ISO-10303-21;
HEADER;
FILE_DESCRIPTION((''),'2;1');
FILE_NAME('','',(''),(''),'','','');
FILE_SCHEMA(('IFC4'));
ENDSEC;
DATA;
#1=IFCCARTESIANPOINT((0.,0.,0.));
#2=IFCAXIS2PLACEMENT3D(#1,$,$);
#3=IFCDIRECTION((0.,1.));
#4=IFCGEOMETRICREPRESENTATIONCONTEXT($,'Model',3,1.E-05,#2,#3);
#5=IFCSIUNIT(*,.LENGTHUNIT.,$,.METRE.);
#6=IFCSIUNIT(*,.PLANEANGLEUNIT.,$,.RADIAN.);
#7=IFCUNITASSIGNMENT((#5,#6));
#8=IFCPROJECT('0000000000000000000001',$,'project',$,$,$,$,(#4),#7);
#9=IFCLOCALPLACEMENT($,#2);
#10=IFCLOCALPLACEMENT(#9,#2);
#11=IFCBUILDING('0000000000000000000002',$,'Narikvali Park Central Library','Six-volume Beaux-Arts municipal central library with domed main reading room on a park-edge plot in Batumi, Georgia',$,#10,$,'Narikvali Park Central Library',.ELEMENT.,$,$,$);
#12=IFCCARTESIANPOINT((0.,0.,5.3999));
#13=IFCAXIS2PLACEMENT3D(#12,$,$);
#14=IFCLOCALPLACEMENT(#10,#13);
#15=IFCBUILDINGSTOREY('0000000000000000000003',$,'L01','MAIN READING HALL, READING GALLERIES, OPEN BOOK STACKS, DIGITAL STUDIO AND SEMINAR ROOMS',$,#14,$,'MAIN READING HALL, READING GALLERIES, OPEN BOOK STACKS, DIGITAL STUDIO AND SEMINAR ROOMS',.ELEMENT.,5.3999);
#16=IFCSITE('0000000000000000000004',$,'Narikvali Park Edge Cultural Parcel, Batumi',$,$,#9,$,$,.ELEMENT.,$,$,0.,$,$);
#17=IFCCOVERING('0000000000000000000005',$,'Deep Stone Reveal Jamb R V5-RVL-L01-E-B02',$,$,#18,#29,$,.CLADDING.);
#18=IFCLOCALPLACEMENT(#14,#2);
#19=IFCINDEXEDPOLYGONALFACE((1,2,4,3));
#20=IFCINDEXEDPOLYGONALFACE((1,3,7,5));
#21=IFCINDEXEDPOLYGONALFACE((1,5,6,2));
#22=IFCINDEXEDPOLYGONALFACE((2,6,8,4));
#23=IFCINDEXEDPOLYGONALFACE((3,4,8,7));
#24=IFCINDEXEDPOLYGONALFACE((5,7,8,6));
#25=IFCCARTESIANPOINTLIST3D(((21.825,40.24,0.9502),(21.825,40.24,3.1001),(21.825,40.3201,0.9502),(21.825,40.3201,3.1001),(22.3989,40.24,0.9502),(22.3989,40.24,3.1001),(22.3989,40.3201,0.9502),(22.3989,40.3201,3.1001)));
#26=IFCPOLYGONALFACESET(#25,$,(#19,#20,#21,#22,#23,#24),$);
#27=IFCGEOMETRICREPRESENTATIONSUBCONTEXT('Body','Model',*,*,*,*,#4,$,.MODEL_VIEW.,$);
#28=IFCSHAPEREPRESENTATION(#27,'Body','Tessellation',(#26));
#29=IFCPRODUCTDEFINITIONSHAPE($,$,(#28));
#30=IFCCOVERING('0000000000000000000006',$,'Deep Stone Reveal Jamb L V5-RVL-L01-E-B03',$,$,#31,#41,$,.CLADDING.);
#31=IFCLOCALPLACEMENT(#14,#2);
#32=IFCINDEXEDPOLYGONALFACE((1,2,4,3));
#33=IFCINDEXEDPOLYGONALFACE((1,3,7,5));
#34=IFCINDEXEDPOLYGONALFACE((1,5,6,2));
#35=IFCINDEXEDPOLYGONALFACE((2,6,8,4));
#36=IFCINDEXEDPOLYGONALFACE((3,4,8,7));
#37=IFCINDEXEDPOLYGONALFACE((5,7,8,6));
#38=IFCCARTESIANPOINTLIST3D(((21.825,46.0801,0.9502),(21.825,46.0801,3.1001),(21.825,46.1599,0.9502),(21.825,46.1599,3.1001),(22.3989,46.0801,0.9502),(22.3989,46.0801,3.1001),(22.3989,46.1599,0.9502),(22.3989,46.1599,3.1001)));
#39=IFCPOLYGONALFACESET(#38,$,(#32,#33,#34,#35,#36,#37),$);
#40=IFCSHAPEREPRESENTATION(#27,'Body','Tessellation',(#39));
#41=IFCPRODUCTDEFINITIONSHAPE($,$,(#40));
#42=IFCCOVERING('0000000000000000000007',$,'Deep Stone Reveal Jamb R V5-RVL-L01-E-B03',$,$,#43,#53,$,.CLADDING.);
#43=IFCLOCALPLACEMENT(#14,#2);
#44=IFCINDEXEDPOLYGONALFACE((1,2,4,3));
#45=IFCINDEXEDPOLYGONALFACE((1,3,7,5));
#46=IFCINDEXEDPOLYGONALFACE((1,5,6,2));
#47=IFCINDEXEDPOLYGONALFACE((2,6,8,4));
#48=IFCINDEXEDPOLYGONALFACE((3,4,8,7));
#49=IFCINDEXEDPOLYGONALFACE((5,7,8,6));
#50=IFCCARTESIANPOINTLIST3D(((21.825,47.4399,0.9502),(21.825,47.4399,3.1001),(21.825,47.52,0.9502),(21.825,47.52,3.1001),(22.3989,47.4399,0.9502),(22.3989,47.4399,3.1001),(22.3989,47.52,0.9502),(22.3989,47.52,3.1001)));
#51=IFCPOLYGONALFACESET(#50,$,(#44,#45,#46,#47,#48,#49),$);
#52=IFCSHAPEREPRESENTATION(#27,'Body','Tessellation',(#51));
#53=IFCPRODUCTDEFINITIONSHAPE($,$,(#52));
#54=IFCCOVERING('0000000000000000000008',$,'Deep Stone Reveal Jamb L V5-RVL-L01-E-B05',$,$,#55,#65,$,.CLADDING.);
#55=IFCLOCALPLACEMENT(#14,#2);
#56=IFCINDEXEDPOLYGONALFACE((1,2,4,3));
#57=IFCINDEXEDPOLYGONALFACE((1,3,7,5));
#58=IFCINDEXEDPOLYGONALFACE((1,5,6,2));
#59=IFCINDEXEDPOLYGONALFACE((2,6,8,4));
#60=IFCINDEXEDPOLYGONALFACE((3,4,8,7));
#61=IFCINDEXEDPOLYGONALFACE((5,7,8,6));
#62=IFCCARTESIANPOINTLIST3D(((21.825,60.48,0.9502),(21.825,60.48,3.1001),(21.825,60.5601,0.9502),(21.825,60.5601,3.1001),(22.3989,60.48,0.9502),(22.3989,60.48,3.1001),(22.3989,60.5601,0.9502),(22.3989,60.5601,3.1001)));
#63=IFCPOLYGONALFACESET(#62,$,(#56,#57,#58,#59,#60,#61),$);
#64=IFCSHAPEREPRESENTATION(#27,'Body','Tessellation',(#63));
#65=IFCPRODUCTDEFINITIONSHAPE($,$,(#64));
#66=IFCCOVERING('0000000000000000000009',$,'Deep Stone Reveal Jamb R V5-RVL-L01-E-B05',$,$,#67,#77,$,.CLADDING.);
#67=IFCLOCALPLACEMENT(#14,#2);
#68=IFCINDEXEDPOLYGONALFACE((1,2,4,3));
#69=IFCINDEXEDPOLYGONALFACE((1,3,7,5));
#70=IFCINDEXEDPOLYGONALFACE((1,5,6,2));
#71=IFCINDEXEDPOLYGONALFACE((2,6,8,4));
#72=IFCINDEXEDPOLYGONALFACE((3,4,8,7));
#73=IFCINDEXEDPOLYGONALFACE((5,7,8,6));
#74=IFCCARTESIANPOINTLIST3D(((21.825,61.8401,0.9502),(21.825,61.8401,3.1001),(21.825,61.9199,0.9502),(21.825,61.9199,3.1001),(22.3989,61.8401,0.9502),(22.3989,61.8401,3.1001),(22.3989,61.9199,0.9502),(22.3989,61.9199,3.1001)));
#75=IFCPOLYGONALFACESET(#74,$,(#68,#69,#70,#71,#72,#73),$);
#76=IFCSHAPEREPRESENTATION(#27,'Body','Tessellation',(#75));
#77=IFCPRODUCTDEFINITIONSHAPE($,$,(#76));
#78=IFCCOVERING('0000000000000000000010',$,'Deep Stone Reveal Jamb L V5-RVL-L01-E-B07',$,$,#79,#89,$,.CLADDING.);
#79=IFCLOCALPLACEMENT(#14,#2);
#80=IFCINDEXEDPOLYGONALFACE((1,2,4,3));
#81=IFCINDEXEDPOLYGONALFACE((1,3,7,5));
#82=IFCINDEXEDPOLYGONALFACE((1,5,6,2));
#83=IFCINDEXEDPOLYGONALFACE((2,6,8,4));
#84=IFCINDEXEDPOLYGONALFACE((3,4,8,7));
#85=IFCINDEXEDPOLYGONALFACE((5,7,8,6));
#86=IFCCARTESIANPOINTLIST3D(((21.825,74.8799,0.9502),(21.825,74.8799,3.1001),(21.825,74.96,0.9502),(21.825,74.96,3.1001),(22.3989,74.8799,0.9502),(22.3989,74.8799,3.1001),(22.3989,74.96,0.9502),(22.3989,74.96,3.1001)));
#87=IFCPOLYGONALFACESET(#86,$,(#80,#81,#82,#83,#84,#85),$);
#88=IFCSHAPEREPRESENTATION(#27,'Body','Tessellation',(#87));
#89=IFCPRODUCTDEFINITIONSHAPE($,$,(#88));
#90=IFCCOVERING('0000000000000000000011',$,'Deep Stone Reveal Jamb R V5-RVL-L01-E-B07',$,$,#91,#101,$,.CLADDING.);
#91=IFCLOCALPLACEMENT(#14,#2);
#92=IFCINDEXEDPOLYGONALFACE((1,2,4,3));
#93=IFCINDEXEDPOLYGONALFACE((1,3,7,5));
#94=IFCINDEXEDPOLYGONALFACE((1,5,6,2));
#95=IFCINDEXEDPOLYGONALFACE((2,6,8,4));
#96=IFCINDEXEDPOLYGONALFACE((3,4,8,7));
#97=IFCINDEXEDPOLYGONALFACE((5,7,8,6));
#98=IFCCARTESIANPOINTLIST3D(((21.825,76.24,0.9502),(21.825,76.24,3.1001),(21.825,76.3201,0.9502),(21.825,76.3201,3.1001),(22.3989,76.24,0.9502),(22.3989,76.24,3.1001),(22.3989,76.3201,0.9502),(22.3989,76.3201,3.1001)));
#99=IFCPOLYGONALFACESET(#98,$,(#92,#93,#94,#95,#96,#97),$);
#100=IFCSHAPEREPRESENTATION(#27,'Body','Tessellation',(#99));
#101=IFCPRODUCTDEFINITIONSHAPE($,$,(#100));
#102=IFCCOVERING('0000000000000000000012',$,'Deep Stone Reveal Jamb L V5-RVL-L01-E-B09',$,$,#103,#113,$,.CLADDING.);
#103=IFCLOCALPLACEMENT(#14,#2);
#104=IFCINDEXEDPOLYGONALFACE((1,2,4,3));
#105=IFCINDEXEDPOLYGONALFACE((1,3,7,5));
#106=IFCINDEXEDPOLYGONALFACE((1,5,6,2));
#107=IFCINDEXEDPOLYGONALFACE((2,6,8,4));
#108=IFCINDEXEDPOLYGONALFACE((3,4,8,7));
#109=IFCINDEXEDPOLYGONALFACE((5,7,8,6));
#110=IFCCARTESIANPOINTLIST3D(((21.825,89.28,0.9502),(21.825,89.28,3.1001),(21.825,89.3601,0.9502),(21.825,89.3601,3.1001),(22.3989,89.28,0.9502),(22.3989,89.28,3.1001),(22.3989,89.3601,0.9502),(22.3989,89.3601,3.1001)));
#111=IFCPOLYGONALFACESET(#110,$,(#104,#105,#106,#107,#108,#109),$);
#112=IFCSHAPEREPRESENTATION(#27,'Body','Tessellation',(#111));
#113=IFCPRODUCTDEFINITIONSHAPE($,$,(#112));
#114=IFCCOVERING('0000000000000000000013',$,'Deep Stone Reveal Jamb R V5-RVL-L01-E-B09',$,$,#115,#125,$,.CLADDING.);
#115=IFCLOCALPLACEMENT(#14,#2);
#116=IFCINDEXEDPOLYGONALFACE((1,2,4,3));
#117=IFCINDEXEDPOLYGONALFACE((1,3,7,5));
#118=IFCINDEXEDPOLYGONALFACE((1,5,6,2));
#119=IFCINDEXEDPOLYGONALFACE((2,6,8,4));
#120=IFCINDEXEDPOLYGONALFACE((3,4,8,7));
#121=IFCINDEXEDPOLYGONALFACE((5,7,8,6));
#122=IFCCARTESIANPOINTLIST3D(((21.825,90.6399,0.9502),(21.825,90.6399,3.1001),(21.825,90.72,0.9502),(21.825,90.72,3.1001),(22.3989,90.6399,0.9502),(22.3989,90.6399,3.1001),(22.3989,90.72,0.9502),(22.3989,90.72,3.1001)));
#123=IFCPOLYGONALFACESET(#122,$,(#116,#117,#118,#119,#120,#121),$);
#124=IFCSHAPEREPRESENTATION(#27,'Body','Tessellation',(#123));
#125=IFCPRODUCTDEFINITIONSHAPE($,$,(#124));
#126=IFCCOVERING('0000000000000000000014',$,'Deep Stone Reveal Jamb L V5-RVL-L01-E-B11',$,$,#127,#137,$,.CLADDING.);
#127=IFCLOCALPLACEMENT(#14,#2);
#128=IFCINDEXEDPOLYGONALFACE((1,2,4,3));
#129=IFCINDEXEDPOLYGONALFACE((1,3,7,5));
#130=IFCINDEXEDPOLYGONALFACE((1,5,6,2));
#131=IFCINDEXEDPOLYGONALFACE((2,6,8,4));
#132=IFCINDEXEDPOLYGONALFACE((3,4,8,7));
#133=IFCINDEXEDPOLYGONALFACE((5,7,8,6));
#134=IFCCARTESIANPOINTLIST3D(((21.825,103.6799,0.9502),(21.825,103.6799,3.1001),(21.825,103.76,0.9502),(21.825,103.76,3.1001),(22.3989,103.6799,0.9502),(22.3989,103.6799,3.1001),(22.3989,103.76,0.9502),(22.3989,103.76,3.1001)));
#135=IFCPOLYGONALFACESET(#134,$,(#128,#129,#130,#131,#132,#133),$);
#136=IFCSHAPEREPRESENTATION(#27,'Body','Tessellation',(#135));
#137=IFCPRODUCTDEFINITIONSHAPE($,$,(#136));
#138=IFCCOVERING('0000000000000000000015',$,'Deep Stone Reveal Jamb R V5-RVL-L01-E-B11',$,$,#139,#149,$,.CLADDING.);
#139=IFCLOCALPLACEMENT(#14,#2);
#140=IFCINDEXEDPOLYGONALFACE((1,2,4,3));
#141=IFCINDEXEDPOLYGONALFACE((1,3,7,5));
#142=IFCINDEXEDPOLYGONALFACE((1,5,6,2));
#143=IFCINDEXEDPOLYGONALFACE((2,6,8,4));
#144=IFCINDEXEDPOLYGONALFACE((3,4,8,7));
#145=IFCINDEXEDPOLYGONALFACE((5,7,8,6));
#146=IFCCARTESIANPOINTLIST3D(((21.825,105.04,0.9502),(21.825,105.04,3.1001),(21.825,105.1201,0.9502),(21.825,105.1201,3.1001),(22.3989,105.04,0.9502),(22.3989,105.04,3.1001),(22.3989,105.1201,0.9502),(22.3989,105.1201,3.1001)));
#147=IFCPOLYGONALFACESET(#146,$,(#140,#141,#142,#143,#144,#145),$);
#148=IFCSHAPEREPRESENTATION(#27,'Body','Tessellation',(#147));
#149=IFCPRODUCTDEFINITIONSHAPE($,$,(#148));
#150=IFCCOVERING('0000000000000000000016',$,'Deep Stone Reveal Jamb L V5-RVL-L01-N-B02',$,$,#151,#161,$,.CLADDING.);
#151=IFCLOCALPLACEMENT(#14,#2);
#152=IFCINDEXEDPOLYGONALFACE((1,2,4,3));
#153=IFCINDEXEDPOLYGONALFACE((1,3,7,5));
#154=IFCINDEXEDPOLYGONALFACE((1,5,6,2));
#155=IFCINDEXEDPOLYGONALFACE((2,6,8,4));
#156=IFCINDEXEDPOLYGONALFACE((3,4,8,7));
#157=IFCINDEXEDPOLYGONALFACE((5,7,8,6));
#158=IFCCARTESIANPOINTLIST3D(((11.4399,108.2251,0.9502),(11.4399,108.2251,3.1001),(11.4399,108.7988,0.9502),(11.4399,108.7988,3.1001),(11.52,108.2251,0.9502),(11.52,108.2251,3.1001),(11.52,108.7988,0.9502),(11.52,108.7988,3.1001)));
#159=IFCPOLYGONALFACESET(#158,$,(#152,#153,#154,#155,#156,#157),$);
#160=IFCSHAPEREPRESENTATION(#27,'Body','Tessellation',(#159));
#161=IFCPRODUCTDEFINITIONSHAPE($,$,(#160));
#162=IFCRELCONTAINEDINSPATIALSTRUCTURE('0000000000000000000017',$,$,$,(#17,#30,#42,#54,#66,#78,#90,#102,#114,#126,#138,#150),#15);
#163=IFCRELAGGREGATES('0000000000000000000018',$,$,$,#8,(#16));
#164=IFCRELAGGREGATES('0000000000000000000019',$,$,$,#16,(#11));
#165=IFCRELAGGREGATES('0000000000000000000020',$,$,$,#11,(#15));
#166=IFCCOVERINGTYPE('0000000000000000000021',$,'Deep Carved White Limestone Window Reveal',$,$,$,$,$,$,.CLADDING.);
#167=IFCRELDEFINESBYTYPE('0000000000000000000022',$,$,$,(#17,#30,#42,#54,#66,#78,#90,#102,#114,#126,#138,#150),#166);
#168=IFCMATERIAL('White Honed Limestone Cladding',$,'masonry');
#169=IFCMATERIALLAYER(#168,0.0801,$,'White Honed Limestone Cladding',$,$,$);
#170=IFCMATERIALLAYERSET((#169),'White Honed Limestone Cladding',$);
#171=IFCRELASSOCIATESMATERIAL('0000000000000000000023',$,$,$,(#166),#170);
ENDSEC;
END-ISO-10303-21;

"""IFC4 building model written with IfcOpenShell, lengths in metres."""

from ifc_helpers import new_model, si_unit, direction, frame, origin, place, context, subcontext, project, spatial, polyline, outline, extrude, material, layer, layer_set, type_object, element, save


model = new_model("IFC4")

# Units and contexts
model_context = context("Model", 3, precision=1e-05, world=origin(), true_north=direction((0.0, 1.0)))
body_context = subcontext(model_context, "Body", "Model", "MODEL_VIEW")
ifc_project = project(units=[si_unit("LENGTHUNIT", "METRE"), si_unit("PLANEANGLEUNIT", "RADIAN")], contexts=[model_context])

# Site, building, storey
site_placement = place(None, origin())
site = spatial("IfcSite", under=ifc_project, at=site_placement, Name="Narikvali Park Edge Cultural Parcel, Batumi", CompositionType="ELEMENT", RefElevation=0.0)
building_placement = place(site_placement, origin())
building = spatial("IfcBuilding", under=site, at=building_placement, Name="Narikvali Park Central Library", Description="Six-volume Beaux-Arts municipal central library with domed main reading room on a park-edge plot in Batumi, Georgia", LongName="Narikvali Park Central Library", CompositionType="ELEMENT")
storey_placement = place(building_placement, frame((0.0, 0.0, 5.3999)))
storey = spatial("IfcBuildingStorey", under=building, at=storey_placement, Name="L01", Description="MAIN READING HALL, READING GALLERIES, OPEN BOOK STACKS, DIGITAL STUDIO AND SEMINAR ROOMS", LongName="MAIN READING HALL, READING GALLERIES, OPEN BOOK STACKS, DIGITAL STUDIO AND SEMINAR ROOMS", CompositionType="ELEMENT", Elevation=5.3999)

# Coverings
ifc_material = material(Name="White Honed Limestone Cladding", Category="masonry")
ifc_layer = layer(ifc_material, 0.0801, Name="White Honed Limestone Cladding")
ifc_layer_set = layer_set([ifc_layer], Name="White Honed Limestone Cladding")
covering_type = type_object("IfcCoveringType", Name="Deep Carved White Limestone Window Reveal", PredefinedType="CLADDING", material=ifc_layer_set)
covering_1_placement = place(storey_placement, frame((0.0, 0.0, 0.9502)))
element("IfcCovering", 1, at=covering_1_placement, inside=storey, type_object=covering_type, Name="Deep Stone Reveal Jamb R V5-RVL-L01-E-B02", PredefinedType="CLADDING", context=body_context, shape_type="SweptSolid", body=[
    extrude(outline(polyline([(21.825, 40.24), (21.825, 40.3201), (22.3989, 40.3201), (22.3989, 40.24), (21.825, 40.24)])), origin(), (0.0, 0.0, 1.0), 2.1499),
])
covering_2_placement = place(storey_placement, frame((0.0, 0.0, 0.9502)))
element("IfcCovering", 2, at=covering_2_placement, inside=storey, type_object=covering_type, Name="Deep Stone Reveal Jamb L V5-RVL-L01-E-B03", PredefinedType="CLADDING", context=body_context, shape_type="SweptSolid", body=[
    extrude(outline(polyline([(21.825, 46.0801), (21.825, 46.1599), (22.3989, 46.1599), (22.3989, 46.0801), (21.825, 46.0801)])), origin(), (0.0, 0.0, 1.0), 2.1499),
])
covering_3_placement = place(storey_placement, frame((0.0, 0.0, 0.9502)))
element("IfcCovering", 3, at=covering_3_placement, inside=storey, type_object=covering_type, Name="Deep Stone Reveal Jamb R V5-RVL-L01-E-B03", PredefinedType="CLADDING", context=body_context, shape_type="SweptSolid", body=[
    extrude(outline(polyline([(21.825, 47.4399), (21.825, 47.52), (22.3989, 47.52), (22.3989, 47.4399), (21.825, 47.4399)])), origin(), (0.0, 0.0, 1.0), 2.1499),
])
covering_4_placement = place(storey_placement, frame((0.0, 0.0, 0.9502)))
element("IfcCovering", 4, at=covering_4_placement, inside=storey, type_object=covering_type, Name="Deep Stone Reveal Jamb L V5-RVL-L01-E-B05", PredefinedType="CLADDING", context=body_context, shape_type="SweptSolid", body=[
    extrude(outline(polyline([(21.825, 60.48), (21.825, 60.5601), (22.3989, 60.5601), (22.3989, 60.48), (21.825, 60.48)])), origin(), (0.0, 0.0, 1.0), 2.1499),
])
covering_5_placement = place(storey_placement, frame((0.0, 0.0, 0.9502)))
element("IfcCovering", 5, at=covering_5_placement, inside=storey, type_object=covering_type, Name="Deep Stone Reveal Jamb R V5-RVL-L01-E-B05", PredefinedType="CLADDING", context=body_context, shape_type="SweptSolid", body=[
    extrude(outline(polyline([(21.825, 61.8401), (21.825, 61.9199), (22.3989, 61.9199), (22.3989, 61.8401), (21.825, 61.8401)])), origin(), (0.0, 0.0, 1.0), 2.1499),
])
covering_6_placement = place(storey_placement, frame((0.0, 0.0, 0.9502)))
element("IfcCovering", 6, at=covering_6_placement, inside=storey, type_object=covering_type, Name="Deep Stone Reveal Jamb L V5-RVL-L01-E-B07", PredefinedType="CLADDING", context=body_context, shape_type="SweptSolid", body=[
    extrude(outline(polyline([(21.825, 74.8799), (21.825, 74.96), (22.3989, 74.96), (22.3989, 74.8799), (21.825, 74.8799)])), origin(), (0.0, 0.0, 1.0), 2.1499),
])
covering_7_placement = place(storey_placement, frame((0.0, 0.0, 0.9502)))
element("IfcCovering", 7, at=covering_7_placement, inside=storey, type_object=covering_type, Name="Deep Stone Reveal Jamb R V5-RVL-L01-E-B07", PredefinedType="CLADDING", context=body_context, shape_type="SweptSolid", body=[
    extrude(outline(polyline([(21.825, 76.24), (21.825, 76.3201), (22.3989, 76.3201), (22.3989, 76.24), (21.825, 76.24)])), origin(), (0.0, 0.0, 1.0), 2.1499),
])
covering_8_placement = place(storey_placement, frame((0.0, 0.0, 0.9502)))
element("IfcCovering", 8, at=covering_8_placement, inside=storey, type_object=covering_type, Name="Deep Stone Reveal Jamb L V5-RVL-L01-E-B09", PredefinedType="CLADDING", context=body_context, shape_type="SweptSolid", body=[
    extrude(outline(polyline([(21.825, 89.28), (21.825, 89.3601), (22.3989, 89.3601), (22.3989, 89.28), (21.825, 89.28)])), origin(), (0.0, 0.0, 1.0), 2.1499),
])
covering_9_placement = place(storey_placement, frame((0.0, 0.0, 0.9502)))
element("IfcCovering", 9, at=covering_9_placement, inside=storey, type_object=covering_type, Name="Deep Stone Reveal Jamb R V5-RVL-L01-E-B09", PredefinedType="CLADDING", context=body_context, shape_type="SweptSolid", body=[
    extrude(outline(polyline([(21.825, 90.6399), (21.825, 90.72), (22.3989, 90.72), (22.3989, 90.6399), (21.825, 90.6399)])), origin(), (0.0, 0.0, 1.0), 2.1499),
])
covering_10_placement = place(storey_placement, frame((0.0, 0.0, 0.9502)))
element("IfcCovering", 10, at=covering_10_placement, inside=storey, type_object=covering_type, Name="Deep Stone Reveal Jamb L V5-RVL-L01-E-B11", PredefinedType="CLADDING", context=body_context, shape_type="SweptSolid", body=[
    extrude(outline(polyline([(21.825, 103.6799), (21.825, 103.76), (22.3989, 103.76), (22.3989, 103.6799), (21.825, 103.6799)])), origin(), (0.0, 0.0, 1.0), 2.1499),
])
covering_11_placement = place(storey_placement, frame((0.0, 0.0, 0.9502)))
element("IfcCovering", 11, at=covering_11_placement, inside=storey, type_object=covering_type, Name="Deep Stone Reveal Jamb R V5-RVL-L01-E-B11", PredefinedType="CLADDING", context=body_context, shape_type="SweptSolid", body=[
    extrude(outline(polyline([(21.825, 105.04), (21.825, 105.1201), (22.3989, 105.1201), (22.3989, 105.04), (21.825, 105.04)])), origin(), (0.0, 0.0, 1.0), 2.1499),
])
covering_12_placement = place(storey_placement, frame((0.0, 0.0, 0.9502)))
element("IfcCovering", 12, at=covering_12_placement, inside=storey, type_object=covering_type, Name="Deep Stone Reveal Jamb L V5-RVL-L01-N-B02", PredefinedType="CLADDING", context=body_context, shape_type="SweptSolid", body=[
    extrude(outline(polyline([(11.52, 108.2251), (11.4399, 108.2251), (11.4399, 108.7988), (11.52, 108.7988), (11.52, 108.2251)])), origin(), (0.0, 0.0, 1.0), 2.1499),
])

save(model, "model.ifc")
